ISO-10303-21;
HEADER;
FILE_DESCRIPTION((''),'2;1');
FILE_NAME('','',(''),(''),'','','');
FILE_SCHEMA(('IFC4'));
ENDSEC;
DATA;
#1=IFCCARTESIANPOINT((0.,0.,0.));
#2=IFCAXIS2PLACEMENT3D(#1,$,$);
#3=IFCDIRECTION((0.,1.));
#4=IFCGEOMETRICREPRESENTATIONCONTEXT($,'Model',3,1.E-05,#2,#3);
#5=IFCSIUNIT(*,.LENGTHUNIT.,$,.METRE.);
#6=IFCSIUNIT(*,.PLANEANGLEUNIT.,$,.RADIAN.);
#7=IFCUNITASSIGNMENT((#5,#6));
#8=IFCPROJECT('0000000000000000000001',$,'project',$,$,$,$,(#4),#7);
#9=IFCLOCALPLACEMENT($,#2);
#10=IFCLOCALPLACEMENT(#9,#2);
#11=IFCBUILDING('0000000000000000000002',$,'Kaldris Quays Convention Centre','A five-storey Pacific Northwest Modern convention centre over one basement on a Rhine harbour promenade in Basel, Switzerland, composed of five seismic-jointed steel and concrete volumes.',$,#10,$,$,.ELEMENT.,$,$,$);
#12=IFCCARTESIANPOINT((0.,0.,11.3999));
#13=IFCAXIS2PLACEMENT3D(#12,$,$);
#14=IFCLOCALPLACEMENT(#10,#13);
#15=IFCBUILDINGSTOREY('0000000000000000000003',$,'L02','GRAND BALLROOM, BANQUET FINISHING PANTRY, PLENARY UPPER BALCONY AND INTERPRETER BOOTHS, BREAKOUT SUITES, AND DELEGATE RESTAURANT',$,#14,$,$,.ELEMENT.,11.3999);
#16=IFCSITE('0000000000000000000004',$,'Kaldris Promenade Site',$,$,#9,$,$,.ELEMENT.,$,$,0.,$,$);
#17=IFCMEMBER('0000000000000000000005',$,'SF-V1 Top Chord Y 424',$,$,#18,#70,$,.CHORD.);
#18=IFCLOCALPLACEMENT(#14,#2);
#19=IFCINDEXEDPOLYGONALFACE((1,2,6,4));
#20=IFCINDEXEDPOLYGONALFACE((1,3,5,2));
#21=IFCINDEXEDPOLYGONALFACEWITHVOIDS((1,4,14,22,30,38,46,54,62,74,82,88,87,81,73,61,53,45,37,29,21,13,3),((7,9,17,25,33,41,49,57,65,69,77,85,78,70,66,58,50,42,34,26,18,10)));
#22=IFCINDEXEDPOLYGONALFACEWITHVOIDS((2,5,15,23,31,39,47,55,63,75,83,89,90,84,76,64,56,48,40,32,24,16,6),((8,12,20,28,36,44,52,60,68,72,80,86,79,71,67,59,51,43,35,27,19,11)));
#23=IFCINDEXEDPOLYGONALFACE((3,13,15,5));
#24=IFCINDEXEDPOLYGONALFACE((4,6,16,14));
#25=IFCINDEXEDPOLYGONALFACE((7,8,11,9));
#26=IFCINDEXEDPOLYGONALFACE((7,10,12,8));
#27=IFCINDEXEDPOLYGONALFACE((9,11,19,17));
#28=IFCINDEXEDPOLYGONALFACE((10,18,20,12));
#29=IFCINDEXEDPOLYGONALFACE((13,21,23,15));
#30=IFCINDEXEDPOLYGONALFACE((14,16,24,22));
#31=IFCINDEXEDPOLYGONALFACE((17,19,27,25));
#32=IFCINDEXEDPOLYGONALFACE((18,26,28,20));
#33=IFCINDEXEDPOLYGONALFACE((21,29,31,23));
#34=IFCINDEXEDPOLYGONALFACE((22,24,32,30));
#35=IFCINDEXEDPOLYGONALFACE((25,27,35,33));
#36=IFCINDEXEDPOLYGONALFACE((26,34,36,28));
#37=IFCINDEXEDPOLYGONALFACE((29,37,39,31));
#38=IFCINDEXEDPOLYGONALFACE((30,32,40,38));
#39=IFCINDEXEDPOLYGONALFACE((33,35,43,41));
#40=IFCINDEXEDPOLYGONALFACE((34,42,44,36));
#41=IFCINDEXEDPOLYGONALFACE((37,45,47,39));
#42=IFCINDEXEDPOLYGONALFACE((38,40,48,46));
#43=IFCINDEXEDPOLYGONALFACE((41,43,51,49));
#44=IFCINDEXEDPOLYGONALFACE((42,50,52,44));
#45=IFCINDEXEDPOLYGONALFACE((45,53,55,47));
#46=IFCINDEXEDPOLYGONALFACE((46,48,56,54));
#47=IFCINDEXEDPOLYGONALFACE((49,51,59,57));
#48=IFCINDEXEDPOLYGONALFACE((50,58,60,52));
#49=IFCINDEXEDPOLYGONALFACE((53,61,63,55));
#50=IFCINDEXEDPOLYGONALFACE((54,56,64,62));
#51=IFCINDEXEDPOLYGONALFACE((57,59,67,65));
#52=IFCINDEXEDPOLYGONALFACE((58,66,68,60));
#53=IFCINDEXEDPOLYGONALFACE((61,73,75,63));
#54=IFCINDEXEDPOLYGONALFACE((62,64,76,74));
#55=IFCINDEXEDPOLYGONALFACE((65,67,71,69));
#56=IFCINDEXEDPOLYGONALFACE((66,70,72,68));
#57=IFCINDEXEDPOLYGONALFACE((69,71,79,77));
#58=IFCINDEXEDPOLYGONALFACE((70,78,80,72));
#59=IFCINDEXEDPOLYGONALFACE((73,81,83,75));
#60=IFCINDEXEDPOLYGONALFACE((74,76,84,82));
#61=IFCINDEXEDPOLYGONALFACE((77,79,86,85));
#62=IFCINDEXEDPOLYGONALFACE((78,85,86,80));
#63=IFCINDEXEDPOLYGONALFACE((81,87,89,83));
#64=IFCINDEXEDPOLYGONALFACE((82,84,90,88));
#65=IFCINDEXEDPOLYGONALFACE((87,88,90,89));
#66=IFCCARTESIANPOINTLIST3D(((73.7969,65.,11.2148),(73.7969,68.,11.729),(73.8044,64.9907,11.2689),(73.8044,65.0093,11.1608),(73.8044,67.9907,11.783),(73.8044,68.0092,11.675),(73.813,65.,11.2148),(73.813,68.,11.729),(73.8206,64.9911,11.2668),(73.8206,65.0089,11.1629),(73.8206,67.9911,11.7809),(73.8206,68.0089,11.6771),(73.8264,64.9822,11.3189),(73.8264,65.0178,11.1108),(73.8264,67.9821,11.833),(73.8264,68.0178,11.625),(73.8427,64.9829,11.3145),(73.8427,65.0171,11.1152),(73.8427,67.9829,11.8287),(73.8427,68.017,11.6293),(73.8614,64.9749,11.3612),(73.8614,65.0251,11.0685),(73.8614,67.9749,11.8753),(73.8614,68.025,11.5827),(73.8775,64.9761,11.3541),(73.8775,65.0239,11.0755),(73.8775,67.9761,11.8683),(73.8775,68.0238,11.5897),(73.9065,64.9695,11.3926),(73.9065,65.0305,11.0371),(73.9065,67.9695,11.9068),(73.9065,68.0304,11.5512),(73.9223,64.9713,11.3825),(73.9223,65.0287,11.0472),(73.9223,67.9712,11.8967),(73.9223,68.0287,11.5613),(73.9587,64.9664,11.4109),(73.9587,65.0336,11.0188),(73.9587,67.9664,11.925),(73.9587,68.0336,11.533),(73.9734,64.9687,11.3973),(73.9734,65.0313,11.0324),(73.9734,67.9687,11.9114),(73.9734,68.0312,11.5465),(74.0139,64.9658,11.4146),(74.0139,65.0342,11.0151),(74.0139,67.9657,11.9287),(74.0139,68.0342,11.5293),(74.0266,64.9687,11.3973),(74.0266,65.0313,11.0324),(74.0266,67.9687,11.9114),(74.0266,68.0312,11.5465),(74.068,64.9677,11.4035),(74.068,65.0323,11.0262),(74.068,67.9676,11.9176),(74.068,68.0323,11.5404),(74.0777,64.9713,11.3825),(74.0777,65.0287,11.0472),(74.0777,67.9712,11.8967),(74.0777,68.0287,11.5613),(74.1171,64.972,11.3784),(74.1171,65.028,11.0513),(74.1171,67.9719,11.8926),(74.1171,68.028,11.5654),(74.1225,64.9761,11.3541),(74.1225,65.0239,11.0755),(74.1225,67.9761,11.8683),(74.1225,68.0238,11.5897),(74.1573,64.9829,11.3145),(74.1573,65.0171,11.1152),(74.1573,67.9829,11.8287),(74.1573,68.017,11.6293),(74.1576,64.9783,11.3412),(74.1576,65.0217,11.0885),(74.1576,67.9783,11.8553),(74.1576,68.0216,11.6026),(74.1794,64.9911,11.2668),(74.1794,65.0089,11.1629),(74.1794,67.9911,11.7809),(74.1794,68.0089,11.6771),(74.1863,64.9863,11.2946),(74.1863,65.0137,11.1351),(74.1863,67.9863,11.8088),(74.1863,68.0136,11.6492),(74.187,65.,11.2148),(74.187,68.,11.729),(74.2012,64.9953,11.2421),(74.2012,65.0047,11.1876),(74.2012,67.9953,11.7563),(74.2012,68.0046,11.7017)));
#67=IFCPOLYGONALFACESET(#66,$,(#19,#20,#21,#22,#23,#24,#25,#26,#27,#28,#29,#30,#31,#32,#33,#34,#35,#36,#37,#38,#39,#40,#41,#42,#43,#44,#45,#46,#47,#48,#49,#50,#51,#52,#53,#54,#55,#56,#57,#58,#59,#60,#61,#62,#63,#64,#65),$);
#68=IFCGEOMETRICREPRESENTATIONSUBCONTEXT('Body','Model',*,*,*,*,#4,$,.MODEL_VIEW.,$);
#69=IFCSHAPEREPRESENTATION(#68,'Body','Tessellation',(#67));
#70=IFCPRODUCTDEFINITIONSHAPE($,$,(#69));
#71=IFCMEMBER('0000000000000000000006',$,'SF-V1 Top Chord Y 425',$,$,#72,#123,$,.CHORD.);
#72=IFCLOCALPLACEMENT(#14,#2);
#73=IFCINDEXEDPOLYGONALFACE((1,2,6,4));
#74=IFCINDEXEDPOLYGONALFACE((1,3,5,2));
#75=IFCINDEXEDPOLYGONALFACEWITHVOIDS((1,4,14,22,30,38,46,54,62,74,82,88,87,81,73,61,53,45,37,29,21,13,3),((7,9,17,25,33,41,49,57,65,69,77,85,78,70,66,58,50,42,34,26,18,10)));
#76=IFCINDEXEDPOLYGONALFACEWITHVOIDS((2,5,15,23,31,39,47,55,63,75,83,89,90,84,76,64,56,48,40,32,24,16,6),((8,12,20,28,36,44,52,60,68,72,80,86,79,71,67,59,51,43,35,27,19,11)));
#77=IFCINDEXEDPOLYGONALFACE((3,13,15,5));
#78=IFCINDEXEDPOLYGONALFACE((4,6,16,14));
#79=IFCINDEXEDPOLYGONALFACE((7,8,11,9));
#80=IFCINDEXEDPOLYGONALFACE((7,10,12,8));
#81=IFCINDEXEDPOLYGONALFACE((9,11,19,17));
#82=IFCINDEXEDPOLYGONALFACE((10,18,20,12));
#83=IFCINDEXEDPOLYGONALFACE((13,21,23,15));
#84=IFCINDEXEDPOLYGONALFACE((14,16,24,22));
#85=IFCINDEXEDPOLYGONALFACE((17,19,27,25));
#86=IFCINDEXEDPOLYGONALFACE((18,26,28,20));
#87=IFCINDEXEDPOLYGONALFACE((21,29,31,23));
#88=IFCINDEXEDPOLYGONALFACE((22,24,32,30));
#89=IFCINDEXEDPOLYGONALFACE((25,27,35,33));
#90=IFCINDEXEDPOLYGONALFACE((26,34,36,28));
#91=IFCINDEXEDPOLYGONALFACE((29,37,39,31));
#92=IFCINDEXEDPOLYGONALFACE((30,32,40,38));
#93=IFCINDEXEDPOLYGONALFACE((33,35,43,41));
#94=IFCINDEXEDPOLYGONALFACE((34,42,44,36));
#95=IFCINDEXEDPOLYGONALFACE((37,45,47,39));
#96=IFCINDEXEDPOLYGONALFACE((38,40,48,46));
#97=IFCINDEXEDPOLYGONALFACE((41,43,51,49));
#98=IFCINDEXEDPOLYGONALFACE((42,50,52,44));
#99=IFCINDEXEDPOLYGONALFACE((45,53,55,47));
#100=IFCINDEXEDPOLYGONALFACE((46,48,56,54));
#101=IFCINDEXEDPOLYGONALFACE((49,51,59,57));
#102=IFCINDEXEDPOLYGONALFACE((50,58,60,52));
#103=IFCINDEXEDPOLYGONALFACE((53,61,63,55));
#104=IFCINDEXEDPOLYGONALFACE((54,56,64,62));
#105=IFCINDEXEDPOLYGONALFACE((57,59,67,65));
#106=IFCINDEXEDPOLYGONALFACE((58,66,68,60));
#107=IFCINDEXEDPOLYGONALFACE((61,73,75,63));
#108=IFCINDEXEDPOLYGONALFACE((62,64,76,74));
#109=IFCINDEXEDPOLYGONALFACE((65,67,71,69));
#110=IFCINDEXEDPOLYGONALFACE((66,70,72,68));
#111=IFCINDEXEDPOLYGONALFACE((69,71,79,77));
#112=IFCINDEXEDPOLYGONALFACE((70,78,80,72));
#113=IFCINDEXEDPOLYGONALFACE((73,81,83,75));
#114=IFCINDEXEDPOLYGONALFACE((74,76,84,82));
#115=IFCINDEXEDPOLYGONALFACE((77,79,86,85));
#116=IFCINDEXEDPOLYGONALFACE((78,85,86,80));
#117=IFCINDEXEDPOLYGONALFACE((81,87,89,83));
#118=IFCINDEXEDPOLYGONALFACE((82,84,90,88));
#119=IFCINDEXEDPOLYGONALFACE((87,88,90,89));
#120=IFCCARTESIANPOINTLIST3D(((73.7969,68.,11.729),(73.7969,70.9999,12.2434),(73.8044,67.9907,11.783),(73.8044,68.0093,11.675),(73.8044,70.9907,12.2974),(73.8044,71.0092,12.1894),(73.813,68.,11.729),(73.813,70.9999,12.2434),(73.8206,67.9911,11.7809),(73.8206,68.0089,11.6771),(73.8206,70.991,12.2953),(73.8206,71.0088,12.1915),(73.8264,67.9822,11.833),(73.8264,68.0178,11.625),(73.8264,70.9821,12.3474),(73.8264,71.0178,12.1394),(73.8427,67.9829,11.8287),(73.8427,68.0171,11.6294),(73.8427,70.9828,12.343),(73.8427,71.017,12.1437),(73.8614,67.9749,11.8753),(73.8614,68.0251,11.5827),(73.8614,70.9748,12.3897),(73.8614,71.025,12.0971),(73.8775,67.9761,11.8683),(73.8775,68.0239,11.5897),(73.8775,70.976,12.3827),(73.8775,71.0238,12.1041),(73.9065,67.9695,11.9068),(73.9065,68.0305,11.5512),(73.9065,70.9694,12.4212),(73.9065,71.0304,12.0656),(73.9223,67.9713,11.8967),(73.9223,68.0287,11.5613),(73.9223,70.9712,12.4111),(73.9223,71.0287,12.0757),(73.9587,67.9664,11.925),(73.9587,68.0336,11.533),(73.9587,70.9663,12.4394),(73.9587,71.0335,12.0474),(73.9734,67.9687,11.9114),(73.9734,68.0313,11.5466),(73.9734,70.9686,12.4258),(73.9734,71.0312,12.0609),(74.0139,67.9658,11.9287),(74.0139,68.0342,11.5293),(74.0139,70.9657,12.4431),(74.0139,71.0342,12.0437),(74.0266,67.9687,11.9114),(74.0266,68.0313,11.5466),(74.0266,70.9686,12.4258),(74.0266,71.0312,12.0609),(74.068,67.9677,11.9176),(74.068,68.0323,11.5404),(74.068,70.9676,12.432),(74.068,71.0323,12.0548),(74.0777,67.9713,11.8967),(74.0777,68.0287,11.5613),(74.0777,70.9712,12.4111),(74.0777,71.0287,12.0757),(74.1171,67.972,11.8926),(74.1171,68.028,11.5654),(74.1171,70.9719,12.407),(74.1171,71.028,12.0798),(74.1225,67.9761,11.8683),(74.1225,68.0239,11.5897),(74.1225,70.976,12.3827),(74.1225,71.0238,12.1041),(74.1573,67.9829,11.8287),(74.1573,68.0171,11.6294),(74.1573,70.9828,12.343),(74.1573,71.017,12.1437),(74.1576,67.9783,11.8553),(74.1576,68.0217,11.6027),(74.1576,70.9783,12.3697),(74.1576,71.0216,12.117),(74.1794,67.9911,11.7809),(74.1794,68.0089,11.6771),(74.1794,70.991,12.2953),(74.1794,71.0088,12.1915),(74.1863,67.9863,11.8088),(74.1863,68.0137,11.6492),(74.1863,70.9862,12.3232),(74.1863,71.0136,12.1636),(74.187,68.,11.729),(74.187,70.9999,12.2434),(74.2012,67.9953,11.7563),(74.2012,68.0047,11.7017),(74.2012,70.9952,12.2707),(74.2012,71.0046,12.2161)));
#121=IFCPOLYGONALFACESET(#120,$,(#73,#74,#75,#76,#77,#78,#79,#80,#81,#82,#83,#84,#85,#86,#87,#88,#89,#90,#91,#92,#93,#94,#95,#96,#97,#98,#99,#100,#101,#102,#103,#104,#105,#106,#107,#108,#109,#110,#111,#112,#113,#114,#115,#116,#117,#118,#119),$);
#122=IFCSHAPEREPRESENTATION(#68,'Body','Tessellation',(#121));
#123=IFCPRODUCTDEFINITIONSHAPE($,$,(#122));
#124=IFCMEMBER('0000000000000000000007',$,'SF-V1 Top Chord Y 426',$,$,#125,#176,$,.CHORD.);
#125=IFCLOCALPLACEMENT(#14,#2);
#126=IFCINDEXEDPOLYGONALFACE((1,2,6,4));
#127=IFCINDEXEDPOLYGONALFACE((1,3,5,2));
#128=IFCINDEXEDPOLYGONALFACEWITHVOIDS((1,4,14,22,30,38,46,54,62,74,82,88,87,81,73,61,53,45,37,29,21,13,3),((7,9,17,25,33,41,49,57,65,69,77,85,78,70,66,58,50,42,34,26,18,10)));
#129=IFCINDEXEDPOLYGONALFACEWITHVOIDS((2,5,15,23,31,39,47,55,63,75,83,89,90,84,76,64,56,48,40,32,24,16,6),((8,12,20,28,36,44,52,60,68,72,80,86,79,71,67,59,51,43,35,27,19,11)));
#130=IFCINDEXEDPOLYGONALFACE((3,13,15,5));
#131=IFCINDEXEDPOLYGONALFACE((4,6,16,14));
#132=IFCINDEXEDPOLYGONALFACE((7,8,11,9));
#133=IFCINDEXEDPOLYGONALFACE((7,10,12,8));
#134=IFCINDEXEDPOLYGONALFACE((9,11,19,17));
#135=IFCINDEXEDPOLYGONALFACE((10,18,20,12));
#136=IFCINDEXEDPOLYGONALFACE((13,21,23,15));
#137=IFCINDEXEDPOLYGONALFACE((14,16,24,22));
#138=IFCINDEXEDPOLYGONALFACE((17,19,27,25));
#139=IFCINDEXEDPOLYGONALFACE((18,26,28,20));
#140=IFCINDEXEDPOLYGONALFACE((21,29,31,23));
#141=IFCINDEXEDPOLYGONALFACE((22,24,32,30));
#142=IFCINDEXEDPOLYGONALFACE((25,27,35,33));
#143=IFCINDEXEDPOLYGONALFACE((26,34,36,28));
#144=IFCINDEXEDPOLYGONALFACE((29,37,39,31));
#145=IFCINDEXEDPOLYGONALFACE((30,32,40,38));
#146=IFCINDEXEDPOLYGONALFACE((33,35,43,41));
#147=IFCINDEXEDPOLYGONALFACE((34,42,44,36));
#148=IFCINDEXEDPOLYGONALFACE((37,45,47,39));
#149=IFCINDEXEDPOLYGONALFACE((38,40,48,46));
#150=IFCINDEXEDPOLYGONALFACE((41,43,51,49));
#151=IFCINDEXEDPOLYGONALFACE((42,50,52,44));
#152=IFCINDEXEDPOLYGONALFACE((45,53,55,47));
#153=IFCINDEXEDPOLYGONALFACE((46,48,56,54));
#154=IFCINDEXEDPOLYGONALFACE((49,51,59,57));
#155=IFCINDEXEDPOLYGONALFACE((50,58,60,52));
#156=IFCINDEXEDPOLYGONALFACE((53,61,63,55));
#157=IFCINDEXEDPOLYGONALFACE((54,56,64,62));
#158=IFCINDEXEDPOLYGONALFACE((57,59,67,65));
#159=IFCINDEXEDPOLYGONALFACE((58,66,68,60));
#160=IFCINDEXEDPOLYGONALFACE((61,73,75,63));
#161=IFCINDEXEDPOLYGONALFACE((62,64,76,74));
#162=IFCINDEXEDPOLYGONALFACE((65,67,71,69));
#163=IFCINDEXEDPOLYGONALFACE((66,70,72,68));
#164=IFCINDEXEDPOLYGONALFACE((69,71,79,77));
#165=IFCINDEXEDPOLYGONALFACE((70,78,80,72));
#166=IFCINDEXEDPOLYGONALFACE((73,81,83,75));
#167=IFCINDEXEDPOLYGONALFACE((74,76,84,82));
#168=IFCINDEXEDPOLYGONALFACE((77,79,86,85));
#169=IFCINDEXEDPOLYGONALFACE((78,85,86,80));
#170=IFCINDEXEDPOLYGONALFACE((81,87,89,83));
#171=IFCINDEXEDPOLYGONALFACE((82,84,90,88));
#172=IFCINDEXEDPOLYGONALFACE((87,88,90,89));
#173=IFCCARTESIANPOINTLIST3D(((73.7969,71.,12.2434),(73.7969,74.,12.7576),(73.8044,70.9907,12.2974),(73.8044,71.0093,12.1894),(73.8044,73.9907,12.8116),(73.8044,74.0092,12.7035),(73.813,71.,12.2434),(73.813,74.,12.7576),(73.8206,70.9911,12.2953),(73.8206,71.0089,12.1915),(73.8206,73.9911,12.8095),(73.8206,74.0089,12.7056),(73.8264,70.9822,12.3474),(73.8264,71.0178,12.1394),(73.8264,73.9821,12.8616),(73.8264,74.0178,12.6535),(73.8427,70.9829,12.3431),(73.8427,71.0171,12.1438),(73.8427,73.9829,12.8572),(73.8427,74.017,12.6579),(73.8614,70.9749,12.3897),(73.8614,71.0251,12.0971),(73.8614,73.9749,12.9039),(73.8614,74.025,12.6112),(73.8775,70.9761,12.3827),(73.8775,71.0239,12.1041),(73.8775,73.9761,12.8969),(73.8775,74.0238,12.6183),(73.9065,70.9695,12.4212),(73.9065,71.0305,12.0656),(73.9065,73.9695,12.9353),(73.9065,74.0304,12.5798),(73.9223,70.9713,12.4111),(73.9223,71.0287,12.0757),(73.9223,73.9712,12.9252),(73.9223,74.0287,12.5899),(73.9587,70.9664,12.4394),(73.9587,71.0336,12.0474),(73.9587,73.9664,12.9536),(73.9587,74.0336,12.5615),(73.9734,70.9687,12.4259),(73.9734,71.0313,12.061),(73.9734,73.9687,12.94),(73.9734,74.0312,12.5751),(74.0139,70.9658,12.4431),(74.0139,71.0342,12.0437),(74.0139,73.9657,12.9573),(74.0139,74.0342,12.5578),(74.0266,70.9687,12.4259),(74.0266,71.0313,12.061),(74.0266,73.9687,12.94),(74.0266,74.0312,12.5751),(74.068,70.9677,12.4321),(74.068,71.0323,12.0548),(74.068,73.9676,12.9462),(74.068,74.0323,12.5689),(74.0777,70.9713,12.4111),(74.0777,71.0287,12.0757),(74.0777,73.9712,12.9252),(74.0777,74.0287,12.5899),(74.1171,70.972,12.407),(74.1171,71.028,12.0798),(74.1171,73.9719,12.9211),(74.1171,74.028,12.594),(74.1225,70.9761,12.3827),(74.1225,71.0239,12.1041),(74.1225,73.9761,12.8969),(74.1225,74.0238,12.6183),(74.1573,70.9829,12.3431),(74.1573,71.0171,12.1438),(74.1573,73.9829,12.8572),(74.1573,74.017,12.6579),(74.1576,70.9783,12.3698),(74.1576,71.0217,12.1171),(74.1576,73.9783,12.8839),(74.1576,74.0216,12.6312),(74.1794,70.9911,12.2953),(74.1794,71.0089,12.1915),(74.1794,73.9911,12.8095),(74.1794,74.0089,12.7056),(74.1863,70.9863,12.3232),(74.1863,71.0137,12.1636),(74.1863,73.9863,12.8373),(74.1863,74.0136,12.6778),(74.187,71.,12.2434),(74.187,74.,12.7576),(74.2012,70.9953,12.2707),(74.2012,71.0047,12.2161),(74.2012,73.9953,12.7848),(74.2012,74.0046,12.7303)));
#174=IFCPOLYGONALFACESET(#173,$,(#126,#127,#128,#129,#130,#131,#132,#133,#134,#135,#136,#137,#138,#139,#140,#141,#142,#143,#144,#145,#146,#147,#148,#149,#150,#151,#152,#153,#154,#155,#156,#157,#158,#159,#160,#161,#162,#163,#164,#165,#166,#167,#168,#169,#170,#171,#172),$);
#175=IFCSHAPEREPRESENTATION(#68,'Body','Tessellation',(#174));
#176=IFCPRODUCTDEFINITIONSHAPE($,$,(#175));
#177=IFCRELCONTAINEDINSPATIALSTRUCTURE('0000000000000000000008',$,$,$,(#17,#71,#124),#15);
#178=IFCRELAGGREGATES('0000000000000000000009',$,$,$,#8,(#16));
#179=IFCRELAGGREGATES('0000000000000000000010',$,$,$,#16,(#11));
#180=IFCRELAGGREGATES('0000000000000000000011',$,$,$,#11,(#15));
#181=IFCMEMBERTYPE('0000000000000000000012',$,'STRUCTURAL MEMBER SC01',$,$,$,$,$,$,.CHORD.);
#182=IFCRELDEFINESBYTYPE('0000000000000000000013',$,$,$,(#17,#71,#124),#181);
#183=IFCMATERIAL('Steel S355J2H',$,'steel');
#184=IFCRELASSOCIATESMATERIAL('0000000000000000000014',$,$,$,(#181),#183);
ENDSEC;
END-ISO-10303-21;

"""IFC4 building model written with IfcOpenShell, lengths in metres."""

from ifc_helpers import new_model, si_unit, direction, frame, origin, origin_2d, place, context, subcontext, project, spatial, hollow_circle, extrude, material, material_profile, profile_set, type_object, element, save


model = new_model("IFC4")

# Units and contexts
model_context = context("Model", 3, precision=1e-05, world=origin(), true_north=direction((0.0, 1.0)))
body_context = subcontext(model_context, "Body", "Model", "MODEL_VIEW")
ifc_project = project(units=[si_unit("LENGTHUNIT", "METRE"), si_unit("PLANEANGLEUNIT", "RADIAN")], contexts=[model_context])

# Site, building, storey
site_placement = place(None, origin())
site = spatial("IfcSite", under=ifc_project, at=site_placement, Name="Kaldris Promenade Site", CompositionType="ELEMENT", RefElevation=0.0)
building_placement = place(site_placement, origin())
building = spatial("IfcBuilding", under=site, at=building_placement, Name="Kaldris Quays Convention Centre", Description="A five-storey Pacific Northwest Modern convention centre over one basement on a Rhine harbour promenade in Basel, Switzerland, composed of five seismic-jointed steel and concrete volumes.", CompositionType="ELEMENT")
storey_placement = place(building_placement, frame((0.0, 0.0, 11.3999)))
storey = spatial("IfcBuildingStorey", under=building, at=storey_placement, Name="L02", Description="GRAND BALLROOM, BANQUET FINISHING PANTRY, PLENARY UPPER BALCONY AND INTERPRETER BOOTHS, BREAKOUT SUITES, AND DELEGATE RESTAURANT", CompositionType="ELEMENT", Elevation=11.3999)

# Members
ifc_material_1 = material(Name="Steel S355J2H", Category="steel")
ifc_material_profile_1 = material_profile(ifc_material_1, hollow_circle(Radius=0.2031, WallThickness=0.0161, at=origin_2d()), Name="CHS 406.4x16")
ifc_profile_set_1 = profile_set([ifc_material_profile_1], Name="Steel S355J2H")
member_type_1 = type_object("IfcMemberType", Name="STRUCTURAL MEMBER SC01", PredefinedType="CHORD", material=ifc_profile_set_1)
for number, where, z_axis, x_axis, name in (
    (1, (74.0, 65.0, 11.2148), (0.0, 0.985629, 0.168924), (-1.0, 0.0, 0.0), "SF-V1 Top Chord Y 424"),
    (2, (74.0, 68.0, 11.729), (0.0, 0.985616, 0.169002), (-1.0, 0.0, 0.0), "SF-V1 Top Chord Y 425"),
    (3, (74.0, 71.0, 12.2434), (0.0, 0.985629, 0.168924), (-1.0, 0.0, 0.0), "SF-V1 Top Chord Y 426"),
):
    element("IfcMember", number, at=place(storey_placement, frame(where, z_axis=z_axis, x_axis=x_axis)), inside=storey, type_object=member_type_1, Name=name, PredefinedType="CHORD", context=body_context, shape_type="SweptSolid", body=[
        extrude(hollow_circle(Radius=0.2031, WallThickness=0.0161, at=origin_2d()), origin(), (0.0, 0.0, 1.0), 3.0437),
    ])

save(model, "model.ifc")
